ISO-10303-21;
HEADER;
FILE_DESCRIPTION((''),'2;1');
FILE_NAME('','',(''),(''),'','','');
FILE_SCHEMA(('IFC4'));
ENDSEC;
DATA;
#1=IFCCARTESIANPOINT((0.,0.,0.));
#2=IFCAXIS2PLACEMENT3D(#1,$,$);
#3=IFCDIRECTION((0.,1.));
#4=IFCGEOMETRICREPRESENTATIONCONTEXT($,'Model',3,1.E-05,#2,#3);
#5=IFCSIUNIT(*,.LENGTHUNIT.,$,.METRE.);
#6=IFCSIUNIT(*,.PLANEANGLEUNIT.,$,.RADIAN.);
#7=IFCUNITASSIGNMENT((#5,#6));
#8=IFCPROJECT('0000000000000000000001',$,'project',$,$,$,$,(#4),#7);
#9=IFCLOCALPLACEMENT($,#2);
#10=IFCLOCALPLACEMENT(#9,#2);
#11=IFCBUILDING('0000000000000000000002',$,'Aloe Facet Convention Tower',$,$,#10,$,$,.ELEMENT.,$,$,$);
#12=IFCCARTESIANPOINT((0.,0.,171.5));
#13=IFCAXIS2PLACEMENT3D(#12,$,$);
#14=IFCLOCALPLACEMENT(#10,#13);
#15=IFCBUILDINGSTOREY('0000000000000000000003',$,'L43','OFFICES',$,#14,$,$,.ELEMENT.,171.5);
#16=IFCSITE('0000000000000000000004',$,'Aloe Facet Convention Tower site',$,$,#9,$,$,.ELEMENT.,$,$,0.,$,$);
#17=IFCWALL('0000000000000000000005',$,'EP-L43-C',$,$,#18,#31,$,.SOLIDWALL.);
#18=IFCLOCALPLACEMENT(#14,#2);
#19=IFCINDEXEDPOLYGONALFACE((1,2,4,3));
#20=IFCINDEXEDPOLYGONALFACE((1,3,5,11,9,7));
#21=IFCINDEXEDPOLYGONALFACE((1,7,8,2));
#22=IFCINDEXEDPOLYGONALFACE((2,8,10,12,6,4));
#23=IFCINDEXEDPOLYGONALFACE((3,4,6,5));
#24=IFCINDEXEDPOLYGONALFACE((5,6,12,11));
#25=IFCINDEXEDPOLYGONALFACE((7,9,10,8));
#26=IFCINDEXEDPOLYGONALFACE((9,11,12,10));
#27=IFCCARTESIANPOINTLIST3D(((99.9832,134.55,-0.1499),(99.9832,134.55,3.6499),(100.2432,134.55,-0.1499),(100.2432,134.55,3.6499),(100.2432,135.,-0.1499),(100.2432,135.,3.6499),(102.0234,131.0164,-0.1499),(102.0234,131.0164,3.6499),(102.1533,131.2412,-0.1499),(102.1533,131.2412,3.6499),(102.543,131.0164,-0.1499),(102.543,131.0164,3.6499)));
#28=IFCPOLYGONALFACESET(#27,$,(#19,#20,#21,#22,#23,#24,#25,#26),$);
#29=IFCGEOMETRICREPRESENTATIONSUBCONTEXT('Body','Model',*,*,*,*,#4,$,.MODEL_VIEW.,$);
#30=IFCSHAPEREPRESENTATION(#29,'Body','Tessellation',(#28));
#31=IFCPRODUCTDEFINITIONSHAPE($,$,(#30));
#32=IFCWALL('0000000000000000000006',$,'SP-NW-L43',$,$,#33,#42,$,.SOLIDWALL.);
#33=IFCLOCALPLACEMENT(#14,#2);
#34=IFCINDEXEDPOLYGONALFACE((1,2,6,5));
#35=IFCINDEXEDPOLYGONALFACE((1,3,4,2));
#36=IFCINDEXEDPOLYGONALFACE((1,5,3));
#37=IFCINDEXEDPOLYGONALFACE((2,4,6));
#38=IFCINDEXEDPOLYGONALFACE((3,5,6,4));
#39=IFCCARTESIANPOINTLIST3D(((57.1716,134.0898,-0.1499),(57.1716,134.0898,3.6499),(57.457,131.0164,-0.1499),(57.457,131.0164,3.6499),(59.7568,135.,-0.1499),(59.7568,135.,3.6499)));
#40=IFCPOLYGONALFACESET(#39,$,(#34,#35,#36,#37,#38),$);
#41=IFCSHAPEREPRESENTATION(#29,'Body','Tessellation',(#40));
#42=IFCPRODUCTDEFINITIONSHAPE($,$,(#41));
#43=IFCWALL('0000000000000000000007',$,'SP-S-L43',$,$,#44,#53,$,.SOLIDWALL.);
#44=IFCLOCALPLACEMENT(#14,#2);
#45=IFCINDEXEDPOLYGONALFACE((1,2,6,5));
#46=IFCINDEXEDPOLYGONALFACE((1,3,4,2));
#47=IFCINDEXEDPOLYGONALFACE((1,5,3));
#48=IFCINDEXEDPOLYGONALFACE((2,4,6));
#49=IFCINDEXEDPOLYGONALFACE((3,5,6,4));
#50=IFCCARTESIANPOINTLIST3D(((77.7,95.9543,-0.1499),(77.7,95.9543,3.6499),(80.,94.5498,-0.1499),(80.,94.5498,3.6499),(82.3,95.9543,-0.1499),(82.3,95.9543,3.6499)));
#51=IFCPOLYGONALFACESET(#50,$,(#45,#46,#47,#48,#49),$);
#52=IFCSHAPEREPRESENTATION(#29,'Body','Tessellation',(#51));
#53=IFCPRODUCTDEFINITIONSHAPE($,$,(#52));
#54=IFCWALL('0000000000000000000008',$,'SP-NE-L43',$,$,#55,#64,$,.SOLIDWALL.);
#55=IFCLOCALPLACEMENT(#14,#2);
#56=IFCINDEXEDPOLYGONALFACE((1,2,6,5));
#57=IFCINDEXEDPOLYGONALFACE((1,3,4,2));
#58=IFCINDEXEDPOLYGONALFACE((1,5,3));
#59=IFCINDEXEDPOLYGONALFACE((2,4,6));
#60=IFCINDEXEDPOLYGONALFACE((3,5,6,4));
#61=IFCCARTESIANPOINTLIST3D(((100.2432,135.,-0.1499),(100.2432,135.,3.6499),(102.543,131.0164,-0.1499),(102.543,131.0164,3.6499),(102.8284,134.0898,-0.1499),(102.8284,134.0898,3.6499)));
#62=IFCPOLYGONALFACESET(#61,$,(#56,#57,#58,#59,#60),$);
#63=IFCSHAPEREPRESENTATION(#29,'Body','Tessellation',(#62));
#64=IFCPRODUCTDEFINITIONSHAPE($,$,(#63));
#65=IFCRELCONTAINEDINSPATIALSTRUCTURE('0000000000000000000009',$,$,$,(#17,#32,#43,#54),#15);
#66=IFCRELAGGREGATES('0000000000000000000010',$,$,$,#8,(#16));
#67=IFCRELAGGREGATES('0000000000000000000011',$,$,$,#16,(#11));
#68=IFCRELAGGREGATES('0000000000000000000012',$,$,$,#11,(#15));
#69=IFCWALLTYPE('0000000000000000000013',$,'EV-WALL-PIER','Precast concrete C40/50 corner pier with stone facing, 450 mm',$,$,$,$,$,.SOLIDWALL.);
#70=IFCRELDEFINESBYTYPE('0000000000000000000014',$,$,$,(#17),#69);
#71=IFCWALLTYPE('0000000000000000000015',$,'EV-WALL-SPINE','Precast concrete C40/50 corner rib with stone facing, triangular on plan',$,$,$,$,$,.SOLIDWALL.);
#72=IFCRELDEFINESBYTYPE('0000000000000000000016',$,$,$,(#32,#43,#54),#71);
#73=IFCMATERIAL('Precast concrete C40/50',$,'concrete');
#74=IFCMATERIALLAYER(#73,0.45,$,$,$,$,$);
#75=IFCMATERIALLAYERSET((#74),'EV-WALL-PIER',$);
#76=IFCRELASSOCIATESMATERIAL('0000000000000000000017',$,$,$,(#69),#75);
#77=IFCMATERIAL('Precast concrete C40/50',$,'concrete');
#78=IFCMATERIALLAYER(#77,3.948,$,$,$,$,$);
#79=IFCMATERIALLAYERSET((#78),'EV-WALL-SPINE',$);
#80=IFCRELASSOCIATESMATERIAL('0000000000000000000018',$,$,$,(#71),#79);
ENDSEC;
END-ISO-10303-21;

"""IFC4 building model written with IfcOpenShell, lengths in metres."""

from ifc_helpers import new_model, si_unit, direction, frame, origin, place, context, subcontext, project, spatial, polyline, outline, extrude, material, layer, layer_set, type_object, element, save


model = new_model("IFC4")

# Units and contexts
model_context = context("Model", 3, precision=1e-05, world=origin(), true_north=direction((0.0, 1.0)))
body_context = subcontext(model_context, "Body", "Model", "MODEL_VIEW")
ifc_project = project(units=[si_unit("LENGTHUNIT", "METRE"), si_unit("PLANEANGLEUNIT", "RADIAN")], contexts=[model_context])

# Site, building, storey
site_placement = place(None, origin())
site = spatial("IfcSite", under=ifc_project, at=site_placement, Name="Aloe Facet Convention Tower site", CompositionType="ELEMENT", RefElevation=0.0)
building_placement = place(site_placement, origin())
building = spatial("IfcBuilding", under=site, at=building_placement, Name="Aloe Facet Convention Tower", CompositionType="ELEMENT")
storey_placement = place(building_placement, frame((0.0, 0.0, 171.5)))
storey = spatial("IfcBuildingStorey", under=building, at=storey_placement, Name="L43", Description="OFFICES", CompositionType="ELEMENT", Elevation=171.5)

# Walls
ifc_material_1 = material(Name="Precast concrete C40/50", Category="concrete")
ifc_layer_1 = layer(ifc_material_1, 0.45)
ifc_layer_set_1 = layer_set([ifc_layer_1], Name="EV-WALL-PIER")
wall_type_1 = type_object("IfcWallType", Name="EV-WALL-PIER", Description="Precast concrete C40/50 corner pier with stone facing, 450 mm", PredefinedType="SOLIDWALL", material=ifc_layer_set_1)
wall_1_placement = place(storey_placement, frame((0.0, 0.0, -0.1499)))
element("IfcWall", 1, at=wall_1_placement, inside=storey, type_object=wall_type_1, Name="EP-L43-C", PredefinedType="SOLIDWALL", context=body_context, shape_type="SweptSolid", body=[
    extrude(outline(polyline([(102.543, 131.0164), (102.1533, 131.2412), (102.0234, 131.0164), (99.9832, 134.55), (100.2432, 134.55), (100.2432, 135.0), (102.543, 131.0164)])), origin(), (0.0, 0.0, 1.0), 3.7998),
])
ifc_material_2 = material(Name="Precast concrete C40/50", Category="concrete")
ifc_layer_2 = layer(ifc_material_2, 3.948)
ifc_layer_set_2 = layer_set([ifc_layer_2], Name="EV-WALL-SPINE")
wall_type_2 = type_object("IfcWallType", Name="EV-WALL-SPINE", Description="Precast concrete C40/50 corner rib with stone facing, triangular on plan", PredefinedType="SOLIDWALL", material=ifc_layer_set_2)
wall_2_placement = place(storey_placement, frame((0.0, 0.0, -0.1499)))
element("IfcWall", 2, at=wall_2_placement, inside=storey, type_object=wall_type_2, Name="SP-NW-L43", PredefinedType="SOLIDWALL", context=body_context, shape_type="SweptSolid", body=[
    extrude(outline(polyline([(59.7568, 135.0), (57.1716, 134.0898), (57.457, 131.0164), (59.7568, 135.0)])), origin(), (0.0, 0.0, 1.0), 3.7998),
])
wall_3_placement = place(storey_placement, frame((0.0, 0.0, -0.1499)))
element("IfcWall", 3, at=wall_3_placement, inside=storey, type_object=wall_type_2, Name="SP-S-L43", PredefinedType="SOLIDWALL", context=body_context, shape_type="SweptSolid", body=[
    extrude(outline(polyline([(77.7, 95.9543), (80.0, 94.5498), (82.3, 95.9543), (77.7, 95.9543)])), origin(), (0.0, 0.0, 1.0), 3.7998),
])
wall_4_placement = place(storey_placement, frame((0.0, 0.0, -0.1499)))
element("IfcWall", 4, at=wall_4_placement, inside=storey, type_object=wall_type_2, Name="SP-NE-L43", PredefinedType="SOLIDWALL", context=body_context, shape_type="SweptSolid", body=[
    extrude(outline(polyline([(102.543, 131.0164), (102.8284, 134.0898), (100.2432, 135.0), (102.543, 131.0164)])), origin(), (0.0, 0.0, 1.0), 3.7998),
])

save(model, "model.ifc")
